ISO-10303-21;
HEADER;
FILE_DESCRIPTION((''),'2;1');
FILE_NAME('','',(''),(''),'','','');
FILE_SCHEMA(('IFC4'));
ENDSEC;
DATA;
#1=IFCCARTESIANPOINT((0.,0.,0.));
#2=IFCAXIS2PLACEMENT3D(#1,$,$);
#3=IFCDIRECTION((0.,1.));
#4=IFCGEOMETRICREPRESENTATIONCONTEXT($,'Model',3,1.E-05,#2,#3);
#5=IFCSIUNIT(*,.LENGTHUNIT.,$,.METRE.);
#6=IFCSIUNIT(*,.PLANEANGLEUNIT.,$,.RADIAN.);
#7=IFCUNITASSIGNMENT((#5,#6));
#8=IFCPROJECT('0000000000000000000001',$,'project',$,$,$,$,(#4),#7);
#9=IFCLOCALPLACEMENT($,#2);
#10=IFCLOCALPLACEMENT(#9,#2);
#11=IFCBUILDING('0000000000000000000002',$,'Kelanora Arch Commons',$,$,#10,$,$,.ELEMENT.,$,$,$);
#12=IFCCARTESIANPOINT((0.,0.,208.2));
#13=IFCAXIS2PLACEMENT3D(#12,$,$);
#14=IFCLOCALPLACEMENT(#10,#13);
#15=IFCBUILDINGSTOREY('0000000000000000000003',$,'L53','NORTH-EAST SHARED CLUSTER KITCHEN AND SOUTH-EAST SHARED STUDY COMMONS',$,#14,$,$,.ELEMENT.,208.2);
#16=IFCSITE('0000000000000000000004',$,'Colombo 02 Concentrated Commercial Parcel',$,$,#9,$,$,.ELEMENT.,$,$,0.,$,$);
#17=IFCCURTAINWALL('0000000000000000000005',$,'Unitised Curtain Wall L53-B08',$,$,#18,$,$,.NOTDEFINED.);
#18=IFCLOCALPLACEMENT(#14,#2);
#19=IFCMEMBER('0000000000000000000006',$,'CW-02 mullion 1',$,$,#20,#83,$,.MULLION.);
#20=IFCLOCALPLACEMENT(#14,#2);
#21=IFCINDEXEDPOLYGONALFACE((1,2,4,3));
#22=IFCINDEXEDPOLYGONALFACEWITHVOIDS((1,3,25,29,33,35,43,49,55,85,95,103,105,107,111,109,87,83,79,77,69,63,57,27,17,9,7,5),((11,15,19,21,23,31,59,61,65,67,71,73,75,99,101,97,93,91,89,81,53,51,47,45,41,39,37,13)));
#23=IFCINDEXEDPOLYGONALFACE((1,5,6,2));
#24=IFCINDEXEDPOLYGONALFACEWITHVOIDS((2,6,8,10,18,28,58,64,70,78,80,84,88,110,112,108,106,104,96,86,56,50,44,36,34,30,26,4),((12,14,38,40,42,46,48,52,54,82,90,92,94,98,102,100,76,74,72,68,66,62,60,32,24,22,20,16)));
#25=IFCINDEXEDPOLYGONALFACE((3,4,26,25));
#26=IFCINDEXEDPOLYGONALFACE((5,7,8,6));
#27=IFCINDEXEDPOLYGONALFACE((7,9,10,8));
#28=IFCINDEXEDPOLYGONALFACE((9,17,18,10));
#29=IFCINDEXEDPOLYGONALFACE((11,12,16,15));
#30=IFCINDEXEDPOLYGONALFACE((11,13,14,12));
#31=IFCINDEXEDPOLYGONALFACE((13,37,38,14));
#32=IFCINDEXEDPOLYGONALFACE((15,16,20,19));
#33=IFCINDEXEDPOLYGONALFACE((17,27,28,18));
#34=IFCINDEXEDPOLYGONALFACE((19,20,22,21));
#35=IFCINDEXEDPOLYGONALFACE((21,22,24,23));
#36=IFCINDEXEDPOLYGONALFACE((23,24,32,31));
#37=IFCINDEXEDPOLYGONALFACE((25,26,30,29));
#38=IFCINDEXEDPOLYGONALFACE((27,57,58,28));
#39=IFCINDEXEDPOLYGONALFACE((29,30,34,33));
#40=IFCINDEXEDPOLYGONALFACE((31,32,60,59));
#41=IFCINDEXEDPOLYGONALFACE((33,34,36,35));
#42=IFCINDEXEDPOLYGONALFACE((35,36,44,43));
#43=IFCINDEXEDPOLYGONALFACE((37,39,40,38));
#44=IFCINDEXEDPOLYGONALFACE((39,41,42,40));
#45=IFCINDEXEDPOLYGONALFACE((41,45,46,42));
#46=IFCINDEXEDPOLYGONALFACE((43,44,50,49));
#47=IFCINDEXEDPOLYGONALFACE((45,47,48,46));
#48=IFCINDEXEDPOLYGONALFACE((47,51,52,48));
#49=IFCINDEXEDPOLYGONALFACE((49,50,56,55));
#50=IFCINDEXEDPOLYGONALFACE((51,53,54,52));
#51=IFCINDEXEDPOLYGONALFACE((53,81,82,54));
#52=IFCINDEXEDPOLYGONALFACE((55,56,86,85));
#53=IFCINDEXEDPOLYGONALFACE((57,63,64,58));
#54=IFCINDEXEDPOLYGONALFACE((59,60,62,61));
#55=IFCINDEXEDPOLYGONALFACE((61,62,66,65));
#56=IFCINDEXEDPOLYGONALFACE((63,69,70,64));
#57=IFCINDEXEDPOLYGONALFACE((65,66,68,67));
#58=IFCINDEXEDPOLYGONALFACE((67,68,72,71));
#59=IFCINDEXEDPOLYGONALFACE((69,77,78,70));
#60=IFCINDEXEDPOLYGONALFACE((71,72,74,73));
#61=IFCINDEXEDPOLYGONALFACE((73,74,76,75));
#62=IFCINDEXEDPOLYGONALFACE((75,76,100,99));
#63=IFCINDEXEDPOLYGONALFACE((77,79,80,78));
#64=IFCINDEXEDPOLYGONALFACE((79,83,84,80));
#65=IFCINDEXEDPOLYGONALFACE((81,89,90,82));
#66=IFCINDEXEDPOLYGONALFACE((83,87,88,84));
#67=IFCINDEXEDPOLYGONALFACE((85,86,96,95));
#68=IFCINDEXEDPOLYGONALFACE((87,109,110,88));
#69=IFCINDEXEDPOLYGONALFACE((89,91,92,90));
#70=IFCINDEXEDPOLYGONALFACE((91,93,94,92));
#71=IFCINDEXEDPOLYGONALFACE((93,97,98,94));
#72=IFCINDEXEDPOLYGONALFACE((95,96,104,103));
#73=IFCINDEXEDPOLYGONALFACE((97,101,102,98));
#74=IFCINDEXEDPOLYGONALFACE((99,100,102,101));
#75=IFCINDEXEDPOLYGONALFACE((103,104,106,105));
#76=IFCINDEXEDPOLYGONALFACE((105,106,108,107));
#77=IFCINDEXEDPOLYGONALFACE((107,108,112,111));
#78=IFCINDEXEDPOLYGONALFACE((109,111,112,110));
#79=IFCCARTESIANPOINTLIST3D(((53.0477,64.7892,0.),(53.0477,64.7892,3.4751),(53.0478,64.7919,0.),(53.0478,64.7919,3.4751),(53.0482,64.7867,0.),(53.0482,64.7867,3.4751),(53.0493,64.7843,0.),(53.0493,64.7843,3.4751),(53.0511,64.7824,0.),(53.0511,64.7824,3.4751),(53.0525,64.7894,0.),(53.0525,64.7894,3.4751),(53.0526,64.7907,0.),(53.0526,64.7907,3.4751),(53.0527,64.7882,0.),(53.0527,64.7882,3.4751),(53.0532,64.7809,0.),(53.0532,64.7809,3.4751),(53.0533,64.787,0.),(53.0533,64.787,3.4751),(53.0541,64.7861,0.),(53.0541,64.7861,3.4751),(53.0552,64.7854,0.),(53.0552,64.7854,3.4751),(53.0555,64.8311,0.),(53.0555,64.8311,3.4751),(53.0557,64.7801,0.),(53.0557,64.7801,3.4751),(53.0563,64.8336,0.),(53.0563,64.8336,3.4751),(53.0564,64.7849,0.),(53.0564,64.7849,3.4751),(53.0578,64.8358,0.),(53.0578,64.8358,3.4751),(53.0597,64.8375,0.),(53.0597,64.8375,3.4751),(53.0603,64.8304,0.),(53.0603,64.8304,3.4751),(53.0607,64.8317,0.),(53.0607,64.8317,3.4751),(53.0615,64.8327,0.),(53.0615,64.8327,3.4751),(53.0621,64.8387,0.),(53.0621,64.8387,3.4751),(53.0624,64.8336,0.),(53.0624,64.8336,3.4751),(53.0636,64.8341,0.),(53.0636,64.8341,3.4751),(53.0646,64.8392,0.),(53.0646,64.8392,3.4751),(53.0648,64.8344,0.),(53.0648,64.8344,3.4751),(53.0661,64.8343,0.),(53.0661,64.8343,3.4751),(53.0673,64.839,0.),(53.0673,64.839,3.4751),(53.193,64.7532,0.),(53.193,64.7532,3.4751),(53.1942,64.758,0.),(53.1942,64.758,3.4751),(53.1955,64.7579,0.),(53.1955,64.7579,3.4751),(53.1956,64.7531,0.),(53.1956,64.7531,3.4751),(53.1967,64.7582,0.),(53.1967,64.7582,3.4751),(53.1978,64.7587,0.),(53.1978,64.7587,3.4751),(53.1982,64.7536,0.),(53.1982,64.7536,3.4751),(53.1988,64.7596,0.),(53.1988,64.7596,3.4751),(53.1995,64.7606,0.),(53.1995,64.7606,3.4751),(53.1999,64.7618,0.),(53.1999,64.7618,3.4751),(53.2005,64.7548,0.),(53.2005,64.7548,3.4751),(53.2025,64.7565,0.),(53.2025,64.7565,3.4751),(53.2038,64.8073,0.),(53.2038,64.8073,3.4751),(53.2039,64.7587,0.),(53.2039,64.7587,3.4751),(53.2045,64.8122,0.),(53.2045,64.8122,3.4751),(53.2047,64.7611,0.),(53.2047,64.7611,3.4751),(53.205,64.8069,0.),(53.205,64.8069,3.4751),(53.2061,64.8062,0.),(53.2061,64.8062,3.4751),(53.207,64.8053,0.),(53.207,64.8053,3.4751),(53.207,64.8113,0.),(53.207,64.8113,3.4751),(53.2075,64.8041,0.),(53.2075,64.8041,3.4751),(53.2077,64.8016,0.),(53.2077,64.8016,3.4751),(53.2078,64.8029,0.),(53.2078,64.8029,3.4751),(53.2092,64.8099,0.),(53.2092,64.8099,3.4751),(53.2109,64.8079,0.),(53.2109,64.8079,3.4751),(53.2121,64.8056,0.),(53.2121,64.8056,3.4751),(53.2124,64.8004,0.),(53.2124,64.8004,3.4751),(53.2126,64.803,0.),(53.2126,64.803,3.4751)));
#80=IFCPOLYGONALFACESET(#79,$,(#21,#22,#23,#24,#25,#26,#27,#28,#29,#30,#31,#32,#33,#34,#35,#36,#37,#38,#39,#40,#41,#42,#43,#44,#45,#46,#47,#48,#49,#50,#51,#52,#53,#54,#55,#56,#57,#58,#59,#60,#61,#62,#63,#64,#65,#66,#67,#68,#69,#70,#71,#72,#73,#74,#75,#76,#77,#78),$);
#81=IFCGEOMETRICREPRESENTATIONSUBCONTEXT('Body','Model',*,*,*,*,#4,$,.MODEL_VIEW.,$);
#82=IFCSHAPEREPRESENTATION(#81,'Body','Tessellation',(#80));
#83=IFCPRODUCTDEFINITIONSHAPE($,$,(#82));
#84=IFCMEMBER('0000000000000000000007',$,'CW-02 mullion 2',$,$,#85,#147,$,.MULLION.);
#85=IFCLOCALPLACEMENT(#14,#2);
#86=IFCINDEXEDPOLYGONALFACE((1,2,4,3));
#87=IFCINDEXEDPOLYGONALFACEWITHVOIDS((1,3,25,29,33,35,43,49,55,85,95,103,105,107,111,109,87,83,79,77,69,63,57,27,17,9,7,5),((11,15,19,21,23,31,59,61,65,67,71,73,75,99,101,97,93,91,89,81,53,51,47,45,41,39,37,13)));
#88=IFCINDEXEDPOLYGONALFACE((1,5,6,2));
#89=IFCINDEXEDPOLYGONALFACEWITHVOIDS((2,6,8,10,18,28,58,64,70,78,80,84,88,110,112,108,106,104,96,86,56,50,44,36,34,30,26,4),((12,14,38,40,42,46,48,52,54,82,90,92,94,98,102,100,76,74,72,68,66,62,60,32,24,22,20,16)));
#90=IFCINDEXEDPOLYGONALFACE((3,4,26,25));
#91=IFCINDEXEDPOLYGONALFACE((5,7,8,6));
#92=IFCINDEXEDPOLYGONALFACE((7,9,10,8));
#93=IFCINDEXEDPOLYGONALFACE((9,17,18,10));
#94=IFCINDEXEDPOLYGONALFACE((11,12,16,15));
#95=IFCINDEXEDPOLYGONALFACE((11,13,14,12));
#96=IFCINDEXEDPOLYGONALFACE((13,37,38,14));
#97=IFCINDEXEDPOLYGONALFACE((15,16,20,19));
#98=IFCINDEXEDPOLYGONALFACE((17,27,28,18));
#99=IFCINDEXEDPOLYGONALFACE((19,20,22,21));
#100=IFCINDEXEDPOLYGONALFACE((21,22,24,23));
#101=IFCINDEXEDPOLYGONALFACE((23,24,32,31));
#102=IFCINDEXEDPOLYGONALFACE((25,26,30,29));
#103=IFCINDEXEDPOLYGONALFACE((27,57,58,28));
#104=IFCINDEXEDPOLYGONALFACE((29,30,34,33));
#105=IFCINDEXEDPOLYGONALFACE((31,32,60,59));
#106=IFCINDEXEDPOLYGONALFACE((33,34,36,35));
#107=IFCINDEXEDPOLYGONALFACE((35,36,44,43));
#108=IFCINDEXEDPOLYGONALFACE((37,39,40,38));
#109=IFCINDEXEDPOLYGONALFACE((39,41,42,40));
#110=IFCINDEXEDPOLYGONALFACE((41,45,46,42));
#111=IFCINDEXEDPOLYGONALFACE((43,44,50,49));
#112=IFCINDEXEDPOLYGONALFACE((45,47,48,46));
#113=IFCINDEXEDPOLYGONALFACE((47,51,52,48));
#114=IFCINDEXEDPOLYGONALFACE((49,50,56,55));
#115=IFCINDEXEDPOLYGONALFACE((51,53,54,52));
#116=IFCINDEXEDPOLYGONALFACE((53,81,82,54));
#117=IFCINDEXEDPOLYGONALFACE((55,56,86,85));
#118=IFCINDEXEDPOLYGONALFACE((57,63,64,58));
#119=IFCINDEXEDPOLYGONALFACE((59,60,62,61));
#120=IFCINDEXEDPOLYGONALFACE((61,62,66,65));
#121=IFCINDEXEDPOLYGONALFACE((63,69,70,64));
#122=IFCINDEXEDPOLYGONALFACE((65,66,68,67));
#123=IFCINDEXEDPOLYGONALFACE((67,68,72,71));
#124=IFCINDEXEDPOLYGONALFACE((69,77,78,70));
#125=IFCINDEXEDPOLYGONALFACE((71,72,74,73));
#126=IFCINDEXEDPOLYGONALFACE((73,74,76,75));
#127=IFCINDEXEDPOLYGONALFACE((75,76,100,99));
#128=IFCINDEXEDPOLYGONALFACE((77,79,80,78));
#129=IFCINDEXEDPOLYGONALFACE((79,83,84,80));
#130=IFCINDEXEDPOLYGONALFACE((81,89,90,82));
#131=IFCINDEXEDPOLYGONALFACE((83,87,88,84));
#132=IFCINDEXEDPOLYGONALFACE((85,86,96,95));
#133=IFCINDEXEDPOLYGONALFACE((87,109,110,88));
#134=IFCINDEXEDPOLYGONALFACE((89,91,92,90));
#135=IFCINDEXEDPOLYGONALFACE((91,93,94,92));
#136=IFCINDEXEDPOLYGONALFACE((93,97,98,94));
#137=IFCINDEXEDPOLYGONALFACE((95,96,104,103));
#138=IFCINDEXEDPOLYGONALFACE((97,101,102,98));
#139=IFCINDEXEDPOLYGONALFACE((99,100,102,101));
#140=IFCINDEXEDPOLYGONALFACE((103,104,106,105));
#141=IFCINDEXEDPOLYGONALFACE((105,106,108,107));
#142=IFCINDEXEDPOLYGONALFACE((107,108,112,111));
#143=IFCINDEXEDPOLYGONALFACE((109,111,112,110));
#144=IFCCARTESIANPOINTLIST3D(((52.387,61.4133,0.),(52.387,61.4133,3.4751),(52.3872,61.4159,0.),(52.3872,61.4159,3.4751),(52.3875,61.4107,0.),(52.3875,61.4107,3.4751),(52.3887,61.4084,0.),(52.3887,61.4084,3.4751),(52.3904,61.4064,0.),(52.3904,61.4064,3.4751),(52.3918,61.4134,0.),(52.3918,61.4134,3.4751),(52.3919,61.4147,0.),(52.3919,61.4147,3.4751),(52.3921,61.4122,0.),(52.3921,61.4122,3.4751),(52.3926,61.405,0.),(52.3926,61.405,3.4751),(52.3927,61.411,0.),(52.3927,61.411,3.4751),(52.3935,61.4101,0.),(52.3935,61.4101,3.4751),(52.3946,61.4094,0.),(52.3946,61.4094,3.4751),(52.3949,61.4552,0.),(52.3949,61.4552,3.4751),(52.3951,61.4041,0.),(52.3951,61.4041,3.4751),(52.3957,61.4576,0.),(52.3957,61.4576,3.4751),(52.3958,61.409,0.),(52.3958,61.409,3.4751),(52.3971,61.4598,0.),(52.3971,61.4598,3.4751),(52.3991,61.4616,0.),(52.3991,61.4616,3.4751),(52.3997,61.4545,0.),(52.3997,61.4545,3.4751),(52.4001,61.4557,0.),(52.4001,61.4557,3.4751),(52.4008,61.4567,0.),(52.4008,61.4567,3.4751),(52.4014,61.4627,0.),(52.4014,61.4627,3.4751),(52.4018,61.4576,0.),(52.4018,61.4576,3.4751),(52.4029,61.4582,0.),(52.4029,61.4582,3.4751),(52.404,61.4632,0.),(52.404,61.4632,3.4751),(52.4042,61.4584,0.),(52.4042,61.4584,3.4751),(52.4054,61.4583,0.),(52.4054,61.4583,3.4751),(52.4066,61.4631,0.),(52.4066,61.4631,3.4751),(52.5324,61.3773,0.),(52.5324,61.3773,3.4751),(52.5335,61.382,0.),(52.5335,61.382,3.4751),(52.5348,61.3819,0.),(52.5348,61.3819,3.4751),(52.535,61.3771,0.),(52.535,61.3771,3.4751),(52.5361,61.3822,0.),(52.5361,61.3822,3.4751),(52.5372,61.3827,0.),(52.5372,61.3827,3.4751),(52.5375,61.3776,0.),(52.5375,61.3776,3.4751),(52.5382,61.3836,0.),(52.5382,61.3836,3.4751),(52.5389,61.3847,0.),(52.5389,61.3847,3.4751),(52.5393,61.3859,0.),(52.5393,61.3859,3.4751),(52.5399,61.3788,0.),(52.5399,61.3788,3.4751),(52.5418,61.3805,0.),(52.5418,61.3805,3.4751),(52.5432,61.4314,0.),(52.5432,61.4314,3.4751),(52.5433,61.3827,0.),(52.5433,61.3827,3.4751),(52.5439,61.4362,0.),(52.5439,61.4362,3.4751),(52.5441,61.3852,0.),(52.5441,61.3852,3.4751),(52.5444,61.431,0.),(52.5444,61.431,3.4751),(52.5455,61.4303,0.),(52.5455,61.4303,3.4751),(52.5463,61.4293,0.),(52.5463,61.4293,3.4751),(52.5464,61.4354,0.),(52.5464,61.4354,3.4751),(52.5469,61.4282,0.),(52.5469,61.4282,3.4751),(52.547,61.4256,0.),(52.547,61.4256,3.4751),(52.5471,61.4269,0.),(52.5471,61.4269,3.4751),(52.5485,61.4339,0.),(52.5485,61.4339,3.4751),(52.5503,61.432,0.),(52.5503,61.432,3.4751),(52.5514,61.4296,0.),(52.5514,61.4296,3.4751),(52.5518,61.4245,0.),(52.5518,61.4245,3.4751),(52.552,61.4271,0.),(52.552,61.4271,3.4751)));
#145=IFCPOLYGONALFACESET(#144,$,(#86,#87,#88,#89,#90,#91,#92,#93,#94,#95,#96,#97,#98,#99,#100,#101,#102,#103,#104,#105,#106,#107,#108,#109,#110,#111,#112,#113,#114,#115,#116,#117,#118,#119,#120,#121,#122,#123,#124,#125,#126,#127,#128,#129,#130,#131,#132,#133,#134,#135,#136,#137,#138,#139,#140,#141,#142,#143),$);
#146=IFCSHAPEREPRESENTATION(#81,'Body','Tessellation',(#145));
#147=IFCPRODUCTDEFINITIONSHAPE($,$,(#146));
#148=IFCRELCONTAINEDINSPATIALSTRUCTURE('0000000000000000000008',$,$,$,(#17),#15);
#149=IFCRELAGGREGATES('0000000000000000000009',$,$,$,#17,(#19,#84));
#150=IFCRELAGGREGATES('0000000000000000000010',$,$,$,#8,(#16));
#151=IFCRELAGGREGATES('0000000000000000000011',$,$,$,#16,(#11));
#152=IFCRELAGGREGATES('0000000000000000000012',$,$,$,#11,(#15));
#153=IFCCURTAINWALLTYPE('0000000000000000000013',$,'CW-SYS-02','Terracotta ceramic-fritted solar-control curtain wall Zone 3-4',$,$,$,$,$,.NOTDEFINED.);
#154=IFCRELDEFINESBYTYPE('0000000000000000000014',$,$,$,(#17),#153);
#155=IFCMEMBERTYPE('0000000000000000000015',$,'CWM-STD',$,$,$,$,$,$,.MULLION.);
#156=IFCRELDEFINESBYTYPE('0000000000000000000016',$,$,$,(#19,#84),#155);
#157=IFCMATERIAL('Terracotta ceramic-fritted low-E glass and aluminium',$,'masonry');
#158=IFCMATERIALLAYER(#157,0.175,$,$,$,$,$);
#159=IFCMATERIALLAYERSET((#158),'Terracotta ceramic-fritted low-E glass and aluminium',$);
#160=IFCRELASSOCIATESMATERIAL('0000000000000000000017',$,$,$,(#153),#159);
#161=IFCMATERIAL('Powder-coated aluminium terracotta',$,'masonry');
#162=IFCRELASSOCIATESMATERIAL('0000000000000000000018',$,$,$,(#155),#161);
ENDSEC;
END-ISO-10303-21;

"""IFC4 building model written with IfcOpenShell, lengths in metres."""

from ifc_helpers import new_model, si_unit, direction, frame, origin, origin_2d, place, context, subcontext, project, spatial, hollow_rectangle, extrude, material, layer, layer_set, material_profile, profile_set, type_object, element, aggregate, save


model = new_model("IFC4")

# Units and contexts
model_context = context("Model", 3, precision=1e-05, world=origin(), true_north=direction((0.0, 1.0)))
body_context = subcontext(model_context, "Body", "Model", "MODEL_VIEW")
ifc_project = project(units=[si_unit("LENGTHUNIT", "METRE"), si_unit("PLANEANGLEUNIT", "RADIAN")], contexts=[model_context])

# Site, building, storey
site_placement = place(None, origin())
site = spatial("IfcSite", under=ifc_project, at=site_placement, Name="Colombo 02 Concentrated Commercial Parcel", CompositionType="ELEMENT", RefElevation=0.0)
building_placement = place(site_placement, origin())
building = spatial("IfcBuilding", under=site, at=building_placement, Name="Kelanora Arch Commons", CompositionType="ELEMENT")
storey_placement = place(building_placement, frame((0.0, 0.0, 208.2)))
storey = spatial("IfcBuildingStorey", under=building, at=storey_placement, Name="L53", Description="NORTH-EAST SHARED CLUSTER KITCHEN AND SOUTH-EAST SHARED STUDY COMMONS", CompositionType="ELEMENT", Elevation=208.2)

# Curtain wall, members
ifc_material_1 = material(Name="Terracotta ceramic-fritted low-E glass and aluminium", Category="masonry")
ifc_layer_1 = layer(ifc_material_1, 0.175)
ifc_layer_set_1 = layer_set([ifc_layer_1], Name="Terracotta ceramic-fritted low-E glass and aluminium")
curtain_wall_type = type_object("IfcCurtainWallType", Name="CW-SYS-02", Description="Terracotta ceramic-fritted solar-control curtain wall Zone 3-4", PredefinedType="NOTDEFINED", material=ifc_layer_set_1)
curtain_wall_placement = place(storey_placement, origin())
curtain_wall = element("IfcCurtainWall", 1, at=curtain_wall_placement, inside=storey, type_object=curtain_wall_type, Name="Unitised Curtain Wall L53-B08", PredefinedType="NOTDEFINED")
ifc_material_2 = material(Name="Powder-coated aluminium terracotta", Category="masonry")
ifc_material_profile_1 = material_profile(ifc_material_2, hollow_rectangle(XDim=0.1599, YDim=0.0601, WallThickness=0.0049, InnerFilletRadius=0.0049, OuterFilletRadius=0.01, at=origin_2d()), Name="CWM160x60")
ifc_profile_set_1 = profile_set([ifc_material_profile_1], Name="Powder-coated aluminium terracotta")
member_type_1 = type_object("IfcMemberType", Name="CWM-STD", PredefinedType="MULLION", material=ifc_profile_set_1)
member_1_placement = place(storey_placement, frame((53.1301, 64.7961, 0.0), z_axis=(0.0, 0.0, 1.0), x_axis=(0.981381, -0.192069, 0.0)))
member_1 = element("IfcMember", 2, at=member_1_placement, type_object=member_type_1, Name="CW-02 mullion 1", PredefinedType="MULLION", context=body_context, shape_type="SweptSolid", body=[
    extrude(hollow_rectangle(XDim=0.1599, YDim=0.0601, WallThickness=0.0049, InnerFilletRadius=0.0049, OuterFilletRadius=0.01, at=origin_2d()), origin(), (0.0, 0.0, 1.0), 3.4751),
])
member_2_placement = place(storey_placement, frame((52.4695, 61.4202, 0.0), z_axis=(0.0, 0.0, 1.0), x_axis=(0.981381, -0.192069, 0.0)))
member_2 = element("IfcMember", 3, at=member_2_placement, type_object=member_type_1, Name="CW-02 mullion 2", PredefinedType="MULLION", context=body_context, shape_type="SweptSolid", body=[
    extrude(hollow_rectangle(XDim=0.1599, YDim=0.0601, WallThickness=0.0049, InnerFilletRadius=0.0049, OuterFilletRadius=0.01, at=origin_2d()), origin(), (0.0, 0.0, 1.0), 3.4751),
])
aggregate(curtain_wall, [member_1, member_2])

save(model, "model.ifc")
